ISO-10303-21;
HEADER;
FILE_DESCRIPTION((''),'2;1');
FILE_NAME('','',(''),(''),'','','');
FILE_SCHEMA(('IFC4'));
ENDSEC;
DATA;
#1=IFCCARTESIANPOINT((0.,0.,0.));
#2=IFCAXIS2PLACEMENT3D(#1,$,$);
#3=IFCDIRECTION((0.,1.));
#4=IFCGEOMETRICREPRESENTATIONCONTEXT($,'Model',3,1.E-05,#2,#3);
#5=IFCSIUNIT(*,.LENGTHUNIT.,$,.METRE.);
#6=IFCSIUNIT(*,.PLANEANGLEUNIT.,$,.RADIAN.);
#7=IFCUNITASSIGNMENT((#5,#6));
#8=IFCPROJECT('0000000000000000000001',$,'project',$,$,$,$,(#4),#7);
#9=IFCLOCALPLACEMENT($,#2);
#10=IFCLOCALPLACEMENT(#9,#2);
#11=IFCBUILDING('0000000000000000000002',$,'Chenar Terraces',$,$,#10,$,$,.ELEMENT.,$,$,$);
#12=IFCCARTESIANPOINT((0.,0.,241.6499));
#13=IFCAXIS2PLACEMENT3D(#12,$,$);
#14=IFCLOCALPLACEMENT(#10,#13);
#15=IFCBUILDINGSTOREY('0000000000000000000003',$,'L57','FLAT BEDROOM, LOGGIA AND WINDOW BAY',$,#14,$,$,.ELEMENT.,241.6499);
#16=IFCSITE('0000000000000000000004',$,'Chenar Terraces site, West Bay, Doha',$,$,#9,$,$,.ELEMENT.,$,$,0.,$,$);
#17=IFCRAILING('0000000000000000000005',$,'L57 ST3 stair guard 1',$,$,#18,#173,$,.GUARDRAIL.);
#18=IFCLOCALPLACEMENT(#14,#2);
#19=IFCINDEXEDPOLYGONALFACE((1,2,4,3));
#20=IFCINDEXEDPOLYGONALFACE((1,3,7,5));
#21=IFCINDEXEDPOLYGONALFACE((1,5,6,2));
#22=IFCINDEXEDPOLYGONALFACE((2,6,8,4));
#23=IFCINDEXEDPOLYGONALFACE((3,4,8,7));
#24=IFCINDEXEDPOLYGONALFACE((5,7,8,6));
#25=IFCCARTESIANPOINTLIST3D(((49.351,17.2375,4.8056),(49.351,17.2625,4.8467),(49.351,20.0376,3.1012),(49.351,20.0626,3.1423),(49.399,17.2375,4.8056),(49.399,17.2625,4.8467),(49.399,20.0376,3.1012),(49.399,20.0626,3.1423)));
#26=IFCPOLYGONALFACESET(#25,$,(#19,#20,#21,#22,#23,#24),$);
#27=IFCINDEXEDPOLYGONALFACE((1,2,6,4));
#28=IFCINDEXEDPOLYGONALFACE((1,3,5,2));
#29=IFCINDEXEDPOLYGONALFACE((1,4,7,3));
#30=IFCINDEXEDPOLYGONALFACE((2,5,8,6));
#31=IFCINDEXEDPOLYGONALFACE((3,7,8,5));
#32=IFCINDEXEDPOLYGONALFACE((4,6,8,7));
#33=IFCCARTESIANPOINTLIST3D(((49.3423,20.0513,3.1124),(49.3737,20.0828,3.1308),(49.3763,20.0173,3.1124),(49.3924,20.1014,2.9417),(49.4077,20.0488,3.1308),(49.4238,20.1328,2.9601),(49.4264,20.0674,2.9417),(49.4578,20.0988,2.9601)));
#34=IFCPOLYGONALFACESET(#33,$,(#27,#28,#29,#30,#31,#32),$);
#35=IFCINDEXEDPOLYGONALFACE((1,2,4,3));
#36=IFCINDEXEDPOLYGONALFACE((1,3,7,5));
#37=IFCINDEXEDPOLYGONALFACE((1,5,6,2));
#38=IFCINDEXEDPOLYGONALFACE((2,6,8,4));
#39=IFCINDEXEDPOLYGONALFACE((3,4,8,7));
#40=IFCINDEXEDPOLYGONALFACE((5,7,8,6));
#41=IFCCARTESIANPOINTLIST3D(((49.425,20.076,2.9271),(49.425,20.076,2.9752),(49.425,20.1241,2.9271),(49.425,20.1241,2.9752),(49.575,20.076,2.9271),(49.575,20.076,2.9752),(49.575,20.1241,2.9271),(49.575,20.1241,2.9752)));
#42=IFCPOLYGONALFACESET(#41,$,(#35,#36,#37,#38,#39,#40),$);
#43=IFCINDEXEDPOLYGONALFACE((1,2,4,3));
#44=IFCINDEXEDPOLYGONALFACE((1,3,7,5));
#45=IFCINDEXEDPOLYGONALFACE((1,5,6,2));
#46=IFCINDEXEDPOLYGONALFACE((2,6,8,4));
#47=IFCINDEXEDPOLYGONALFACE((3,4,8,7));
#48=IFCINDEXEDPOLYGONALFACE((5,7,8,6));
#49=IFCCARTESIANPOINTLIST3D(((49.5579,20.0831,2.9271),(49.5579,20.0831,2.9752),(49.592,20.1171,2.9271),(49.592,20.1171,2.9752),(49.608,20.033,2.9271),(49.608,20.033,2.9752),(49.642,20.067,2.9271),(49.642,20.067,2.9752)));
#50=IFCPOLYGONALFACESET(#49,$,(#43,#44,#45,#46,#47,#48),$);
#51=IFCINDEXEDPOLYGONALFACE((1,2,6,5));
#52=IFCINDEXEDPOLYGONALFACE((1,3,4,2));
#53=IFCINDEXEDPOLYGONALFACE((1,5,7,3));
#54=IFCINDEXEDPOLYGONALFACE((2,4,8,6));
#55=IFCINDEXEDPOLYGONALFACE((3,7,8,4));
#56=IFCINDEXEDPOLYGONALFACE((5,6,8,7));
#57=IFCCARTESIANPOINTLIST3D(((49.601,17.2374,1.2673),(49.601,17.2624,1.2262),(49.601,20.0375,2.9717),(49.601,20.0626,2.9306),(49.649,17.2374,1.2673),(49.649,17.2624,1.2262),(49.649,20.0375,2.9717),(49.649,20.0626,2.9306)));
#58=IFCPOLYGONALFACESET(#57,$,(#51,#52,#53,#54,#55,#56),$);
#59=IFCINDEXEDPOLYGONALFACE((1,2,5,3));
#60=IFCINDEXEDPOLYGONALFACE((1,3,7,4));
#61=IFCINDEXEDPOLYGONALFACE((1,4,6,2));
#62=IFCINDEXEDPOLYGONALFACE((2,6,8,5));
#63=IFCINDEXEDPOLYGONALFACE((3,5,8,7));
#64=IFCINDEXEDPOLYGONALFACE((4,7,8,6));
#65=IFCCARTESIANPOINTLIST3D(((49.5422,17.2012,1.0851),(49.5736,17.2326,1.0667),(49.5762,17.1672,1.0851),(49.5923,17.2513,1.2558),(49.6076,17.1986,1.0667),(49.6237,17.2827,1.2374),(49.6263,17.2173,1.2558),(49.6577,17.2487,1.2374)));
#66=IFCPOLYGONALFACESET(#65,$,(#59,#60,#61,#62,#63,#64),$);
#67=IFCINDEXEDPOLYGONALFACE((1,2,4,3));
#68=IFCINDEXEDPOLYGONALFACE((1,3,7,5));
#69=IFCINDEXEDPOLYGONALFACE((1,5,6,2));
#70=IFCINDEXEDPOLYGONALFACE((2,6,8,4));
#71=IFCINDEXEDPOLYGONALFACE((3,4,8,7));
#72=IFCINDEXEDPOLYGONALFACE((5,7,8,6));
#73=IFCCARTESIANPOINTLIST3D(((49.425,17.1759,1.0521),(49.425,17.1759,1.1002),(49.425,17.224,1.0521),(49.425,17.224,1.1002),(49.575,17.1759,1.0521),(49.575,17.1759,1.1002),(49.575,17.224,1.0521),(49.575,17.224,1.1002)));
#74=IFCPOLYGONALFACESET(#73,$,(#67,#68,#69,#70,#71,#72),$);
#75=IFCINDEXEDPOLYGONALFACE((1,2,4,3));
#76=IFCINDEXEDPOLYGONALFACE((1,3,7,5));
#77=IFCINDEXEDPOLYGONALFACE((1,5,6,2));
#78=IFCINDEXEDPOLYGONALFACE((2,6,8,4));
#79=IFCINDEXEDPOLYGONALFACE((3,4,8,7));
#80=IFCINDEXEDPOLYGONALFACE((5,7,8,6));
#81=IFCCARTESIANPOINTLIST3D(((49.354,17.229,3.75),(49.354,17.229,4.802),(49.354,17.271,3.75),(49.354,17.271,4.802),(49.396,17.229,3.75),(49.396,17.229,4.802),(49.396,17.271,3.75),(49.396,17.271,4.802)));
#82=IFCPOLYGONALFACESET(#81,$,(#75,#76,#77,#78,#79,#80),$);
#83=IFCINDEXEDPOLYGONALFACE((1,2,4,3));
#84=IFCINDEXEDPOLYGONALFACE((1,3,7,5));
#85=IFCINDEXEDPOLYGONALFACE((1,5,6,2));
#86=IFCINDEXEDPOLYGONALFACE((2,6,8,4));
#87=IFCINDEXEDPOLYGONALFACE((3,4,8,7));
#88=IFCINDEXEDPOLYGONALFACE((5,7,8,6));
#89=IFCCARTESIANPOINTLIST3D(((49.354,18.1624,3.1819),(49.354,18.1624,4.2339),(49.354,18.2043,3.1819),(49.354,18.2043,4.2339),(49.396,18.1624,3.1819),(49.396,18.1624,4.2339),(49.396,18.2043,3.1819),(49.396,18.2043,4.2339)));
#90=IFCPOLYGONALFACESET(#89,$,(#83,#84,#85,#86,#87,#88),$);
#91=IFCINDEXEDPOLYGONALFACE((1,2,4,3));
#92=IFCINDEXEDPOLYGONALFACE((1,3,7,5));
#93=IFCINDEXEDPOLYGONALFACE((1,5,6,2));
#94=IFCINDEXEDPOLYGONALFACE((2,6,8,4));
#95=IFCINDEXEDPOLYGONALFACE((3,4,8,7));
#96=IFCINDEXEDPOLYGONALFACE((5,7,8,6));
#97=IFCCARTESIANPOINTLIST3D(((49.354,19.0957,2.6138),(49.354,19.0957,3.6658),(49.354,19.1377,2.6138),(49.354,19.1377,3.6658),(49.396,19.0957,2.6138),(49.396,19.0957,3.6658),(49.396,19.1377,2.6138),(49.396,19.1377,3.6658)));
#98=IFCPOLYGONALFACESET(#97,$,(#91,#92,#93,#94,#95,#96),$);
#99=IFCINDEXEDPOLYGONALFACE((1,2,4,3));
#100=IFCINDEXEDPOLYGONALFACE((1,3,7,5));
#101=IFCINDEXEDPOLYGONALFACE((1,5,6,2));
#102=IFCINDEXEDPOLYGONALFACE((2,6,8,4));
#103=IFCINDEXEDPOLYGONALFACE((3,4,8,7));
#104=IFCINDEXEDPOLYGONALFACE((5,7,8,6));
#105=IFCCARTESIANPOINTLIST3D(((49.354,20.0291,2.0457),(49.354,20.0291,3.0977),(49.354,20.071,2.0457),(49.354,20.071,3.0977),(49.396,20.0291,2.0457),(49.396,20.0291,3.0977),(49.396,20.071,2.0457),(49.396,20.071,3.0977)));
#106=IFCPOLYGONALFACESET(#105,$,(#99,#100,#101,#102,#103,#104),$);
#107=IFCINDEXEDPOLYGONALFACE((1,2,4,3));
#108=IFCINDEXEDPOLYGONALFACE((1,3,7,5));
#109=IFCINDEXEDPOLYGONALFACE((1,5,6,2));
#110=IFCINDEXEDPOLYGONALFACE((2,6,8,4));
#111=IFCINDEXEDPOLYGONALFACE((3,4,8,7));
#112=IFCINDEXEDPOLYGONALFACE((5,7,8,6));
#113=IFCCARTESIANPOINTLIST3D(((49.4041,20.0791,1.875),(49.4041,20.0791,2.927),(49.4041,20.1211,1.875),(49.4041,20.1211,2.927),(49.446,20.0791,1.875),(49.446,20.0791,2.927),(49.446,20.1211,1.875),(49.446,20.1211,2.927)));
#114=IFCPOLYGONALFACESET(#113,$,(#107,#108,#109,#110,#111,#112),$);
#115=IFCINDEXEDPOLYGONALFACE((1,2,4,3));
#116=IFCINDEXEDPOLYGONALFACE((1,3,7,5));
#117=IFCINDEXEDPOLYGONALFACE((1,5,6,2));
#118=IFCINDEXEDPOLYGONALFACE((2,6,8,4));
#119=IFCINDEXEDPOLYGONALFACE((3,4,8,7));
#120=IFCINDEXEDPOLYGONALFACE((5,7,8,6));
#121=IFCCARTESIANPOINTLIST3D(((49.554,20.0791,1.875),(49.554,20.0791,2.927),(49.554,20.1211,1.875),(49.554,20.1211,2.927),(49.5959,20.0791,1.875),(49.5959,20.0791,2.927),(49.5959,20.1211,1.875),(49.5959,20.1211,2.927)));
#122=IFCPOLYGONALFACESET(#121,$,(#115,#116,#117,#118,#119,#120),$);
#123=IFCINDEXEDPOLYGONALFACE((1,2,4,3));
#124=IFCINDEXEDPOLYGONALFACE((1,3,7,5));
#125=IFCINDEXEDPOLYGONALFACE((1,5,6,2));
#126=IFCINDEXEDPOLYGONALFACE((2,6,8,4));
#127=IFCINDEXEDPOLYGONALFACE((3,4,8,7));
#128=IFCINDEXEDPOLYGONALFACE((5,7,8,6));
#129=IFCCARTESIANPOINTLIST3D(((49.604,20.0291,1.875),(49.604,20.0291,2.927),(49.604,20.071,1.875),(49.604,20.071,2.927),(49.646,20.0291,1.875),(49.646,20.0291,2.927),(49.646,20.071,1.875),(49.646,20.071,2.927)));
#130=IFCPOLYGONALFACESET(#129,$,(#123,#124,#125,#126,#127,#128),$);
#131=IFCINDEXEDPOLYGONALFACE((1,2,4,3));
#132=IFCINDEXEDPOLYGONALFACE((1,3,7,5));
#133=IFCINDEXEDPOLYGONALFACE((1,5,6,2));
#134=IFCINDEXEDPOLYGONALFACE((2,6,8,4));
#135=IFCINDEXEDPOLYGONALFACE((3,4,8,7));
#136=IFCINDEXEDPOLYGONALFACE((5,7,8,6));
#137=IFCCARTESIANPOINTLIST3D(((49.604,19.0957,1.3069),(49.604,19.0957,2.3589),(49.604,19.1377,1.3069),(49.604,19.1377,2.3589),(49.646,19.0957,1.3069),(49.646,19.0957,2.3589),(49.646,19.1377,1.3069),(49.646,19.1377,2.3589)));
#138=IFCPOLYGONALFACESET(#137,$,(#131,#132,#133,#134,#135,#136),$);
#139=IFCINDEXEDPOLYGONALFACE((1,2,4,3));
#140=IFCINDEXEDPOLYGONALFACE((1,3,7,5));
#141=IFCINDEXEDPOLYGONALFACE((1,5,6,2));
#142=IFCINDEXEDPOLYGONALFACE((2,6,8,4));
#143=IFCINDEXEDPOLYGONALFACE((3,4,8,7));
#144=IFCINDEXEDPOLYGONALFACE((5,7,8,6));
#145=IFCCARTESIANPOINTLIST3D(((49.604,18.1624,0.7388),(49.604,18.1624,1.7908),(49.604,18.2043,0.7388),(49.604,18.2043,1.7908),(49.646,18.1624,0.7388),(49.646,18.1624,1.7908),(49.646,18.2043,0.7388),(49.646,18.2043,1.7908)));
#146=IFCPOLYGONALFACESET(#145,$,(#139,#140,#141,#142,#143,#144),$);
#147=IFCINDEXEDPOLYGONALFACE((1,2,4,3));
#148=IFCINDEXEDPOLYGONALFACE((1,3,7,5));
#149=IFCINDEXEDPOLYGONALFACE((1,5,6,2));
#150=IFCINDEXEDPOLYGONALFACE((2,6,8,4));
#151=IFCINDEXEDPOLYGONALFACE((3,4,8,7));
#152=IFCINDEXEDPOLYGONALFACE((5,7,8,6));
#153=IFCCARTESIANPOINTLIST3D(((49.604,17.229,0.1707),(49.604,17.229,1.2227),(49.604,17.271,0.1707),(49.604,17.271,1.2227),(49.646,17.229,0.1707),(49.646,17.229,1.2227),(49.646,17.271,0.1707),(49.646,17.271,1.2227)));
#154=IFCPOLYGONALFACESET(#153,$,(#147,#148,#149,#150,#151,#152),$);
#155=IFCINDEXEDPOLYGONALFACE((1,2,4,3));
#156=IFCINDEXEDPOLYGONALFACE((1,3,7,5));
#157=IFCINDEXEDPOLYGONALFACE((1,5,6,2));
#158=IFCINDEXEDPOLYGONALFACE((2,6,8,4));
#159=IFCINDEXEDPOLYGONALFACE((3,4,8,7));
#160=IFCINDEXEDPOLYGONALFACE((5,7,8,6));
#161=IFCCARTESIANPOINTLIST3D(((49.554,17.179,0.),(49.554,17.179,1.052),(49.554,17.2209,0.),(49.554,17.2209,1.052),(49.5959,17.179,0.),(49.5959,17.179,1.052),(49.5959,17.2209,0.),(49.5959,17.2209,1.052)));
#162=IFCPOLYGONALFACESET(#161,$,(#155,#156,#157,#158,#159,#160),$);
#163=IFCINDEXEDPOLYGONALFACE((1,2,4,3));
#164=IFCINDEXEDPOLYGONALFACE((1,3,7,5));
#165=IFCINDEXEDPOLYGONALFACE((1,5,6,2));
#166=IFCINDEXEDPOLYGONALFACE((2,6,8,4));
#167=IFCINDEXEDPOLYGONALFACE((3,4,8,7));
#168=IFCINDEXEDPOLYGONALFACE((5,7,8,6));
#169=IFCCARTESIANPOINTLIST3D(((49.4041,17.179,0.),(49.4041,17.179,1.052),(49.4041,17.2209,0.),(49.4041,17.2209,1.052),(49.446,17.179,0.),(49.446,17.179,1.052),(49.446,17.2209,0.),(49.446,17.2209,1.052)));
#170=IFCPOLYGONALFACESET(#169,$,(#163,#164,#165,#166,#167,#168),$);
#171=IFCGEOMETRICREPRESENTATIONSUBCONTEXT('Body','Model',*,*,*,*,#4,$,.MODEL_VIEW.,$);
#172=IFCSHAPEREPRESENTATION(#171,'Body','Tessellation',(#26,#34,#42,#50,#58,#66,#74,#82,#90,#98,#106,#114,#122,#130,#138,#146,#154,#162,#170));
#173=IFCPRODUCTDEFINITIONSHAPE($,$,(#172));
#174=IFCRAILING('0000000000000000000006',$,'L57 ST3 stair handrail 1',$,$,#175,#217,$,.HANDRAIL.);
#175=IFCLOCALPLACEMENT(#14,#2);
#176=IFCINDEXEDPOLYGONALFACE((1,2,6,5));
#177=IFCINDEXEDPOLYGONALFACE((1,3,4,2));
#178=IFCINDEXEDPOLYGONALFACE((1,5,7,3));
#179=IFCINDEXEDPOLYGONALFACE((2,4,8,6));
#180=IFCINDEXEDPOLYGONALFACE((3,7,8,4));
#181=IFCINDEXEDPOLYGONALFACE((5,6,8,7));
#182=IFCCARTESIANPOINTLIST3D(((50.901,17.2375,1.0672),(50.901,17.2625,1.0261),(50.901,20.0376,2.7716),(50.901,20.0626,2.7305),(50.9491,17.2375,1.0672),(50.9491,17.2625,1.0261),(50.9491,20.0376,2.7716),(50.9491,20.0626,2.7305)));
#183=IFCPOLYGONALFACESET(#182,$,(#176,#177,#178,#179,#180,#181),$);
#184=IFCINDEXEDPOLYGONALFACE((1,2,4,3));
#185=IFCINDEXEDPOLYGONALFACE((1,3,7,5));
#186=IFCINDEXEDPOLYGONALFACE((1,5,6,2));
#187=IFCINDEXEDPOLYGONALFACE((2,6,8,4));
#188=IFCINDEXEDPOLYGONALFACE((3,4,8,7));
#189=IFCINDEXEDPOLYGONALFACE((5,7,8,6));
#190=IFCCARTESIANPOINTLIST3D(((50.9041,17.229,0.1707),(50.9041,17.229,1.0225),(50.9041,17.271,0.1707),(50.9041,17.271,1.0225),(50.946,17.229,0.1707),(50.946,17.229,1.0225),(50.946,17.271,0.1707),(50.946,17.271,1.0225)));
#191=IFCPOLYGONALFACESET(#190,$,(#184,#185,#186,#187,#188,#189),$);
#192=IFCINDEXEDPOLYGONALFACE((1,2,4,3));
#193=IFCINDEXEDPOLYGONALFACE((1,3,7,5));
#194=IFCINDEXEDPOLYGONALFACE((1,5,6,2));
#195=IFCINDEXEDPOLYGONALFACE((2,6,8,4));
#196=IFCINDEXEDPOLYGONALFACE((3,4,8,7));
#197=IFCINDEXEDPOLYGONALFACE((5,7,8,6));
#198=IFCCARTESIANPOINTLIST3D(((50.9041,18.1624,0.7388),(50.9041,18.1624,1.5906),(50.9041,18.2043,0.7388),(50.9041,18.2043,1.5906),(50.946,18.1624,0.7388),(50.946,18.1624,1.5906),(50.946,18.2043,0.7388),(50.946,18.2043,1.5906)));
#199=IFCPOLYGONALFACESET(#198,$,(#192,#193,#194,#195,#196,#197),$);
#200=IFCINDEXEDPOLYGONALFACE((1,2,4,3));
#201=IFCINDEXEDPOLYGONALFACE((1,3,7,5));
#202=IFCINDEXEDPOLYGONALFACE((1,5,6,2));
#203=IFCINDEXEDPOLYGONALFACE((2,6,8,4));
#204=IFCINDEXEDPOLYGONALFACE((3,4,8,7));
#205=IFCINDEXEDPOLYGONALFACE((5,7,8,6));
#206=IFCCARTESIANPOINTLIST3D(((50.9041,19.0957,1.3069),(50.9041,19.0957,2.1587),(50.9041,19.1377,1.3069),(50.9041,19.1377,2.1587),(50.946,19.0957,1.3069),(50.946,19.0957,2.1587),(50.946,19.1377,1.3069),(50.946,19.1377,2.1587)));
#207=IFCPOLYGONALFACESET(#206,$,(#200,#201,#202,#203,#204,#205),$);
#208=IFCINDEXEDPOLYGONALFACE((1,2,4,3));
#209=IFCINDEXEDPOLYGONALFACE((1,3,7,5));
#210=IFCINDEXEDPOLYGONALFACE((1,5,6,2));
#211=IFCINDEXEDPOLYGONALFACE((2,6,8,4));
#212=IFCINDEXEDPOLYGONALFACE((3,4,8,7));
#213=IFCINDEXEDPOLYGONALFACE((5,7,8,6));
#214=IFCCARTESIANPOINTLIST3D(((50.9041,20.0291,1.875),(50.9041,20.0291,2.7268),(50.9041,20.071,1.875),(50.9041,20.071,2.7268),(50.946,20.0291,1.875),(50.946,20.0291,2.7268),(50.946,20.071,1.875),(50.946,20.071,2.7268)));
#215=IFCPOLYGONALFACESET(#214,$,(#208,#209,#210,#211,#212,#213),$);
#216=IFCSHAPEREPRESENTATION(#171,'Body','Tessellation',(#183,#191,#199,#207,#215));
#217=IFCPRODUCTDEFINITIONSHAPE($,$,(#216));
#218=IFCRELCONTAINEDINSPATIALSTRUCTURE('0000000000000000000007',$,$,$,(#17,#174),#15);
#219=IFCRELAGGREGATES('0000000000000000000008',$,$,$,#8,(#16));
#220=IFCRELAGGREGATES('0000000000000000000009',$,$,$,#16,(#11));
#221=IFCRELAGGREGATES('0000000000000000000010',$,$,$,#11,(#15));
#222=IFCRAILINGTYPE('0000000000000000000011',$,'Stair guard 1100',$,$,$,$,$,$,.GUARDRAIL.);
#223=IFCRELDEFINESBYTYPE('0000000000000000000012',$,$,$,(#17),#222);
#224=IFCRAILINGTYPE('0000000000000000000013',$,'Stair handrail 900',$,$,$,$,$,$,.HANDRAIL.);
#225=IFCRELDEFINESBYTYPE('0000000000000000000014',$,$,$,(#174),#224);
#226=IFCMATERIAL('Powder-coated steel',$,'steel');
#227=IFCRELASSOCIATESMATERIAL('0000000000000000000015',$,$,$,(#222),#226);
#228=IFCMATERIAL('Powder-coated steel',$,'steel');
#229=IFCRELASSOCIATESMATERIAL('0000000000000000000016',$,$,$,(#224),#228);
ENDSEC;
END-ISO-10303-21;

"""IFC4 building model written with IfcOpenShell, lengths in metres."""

from ifc_helpers import new_model, si_unit, direction, frame, origin, origin_2d, place, context, subcontext, project, spatial, rectangle, extrude, material, type_object, element, save


model = new_model("IFC4")

# Units and contexts
model_context = context("Model", 3, precision=1e-05, world=origin(), true_north=direction((0.0, 1.0)))
body_context = subcontext(model_context, "Body", "Model", "MODEL_VIEW")
ifc_project = project(units=[si_unit("LENGTHUNIT", "METRE"), si_unit("PLANEANGLEUNIT", "RADIAN")], contexts=[model_context])

# Site, building, storey
site_placement = place(None, origin())
site = spatial("IfcSite", under=ifc_project, at=site_placement, Name="Chenar Terraces site, West Bay, Doha", CompositionType="ELEMENT", RefElevation=0.0)
building_placement = place(site_placement, origin())
building = spatial("IfcBuilding", under=site, at=building_placement, Name="Chenar Terraces", CompositionType="ELEMENT")
storey_placement = place(building_placement, frame((0.0, 0.0, 241.6499)))
storey = spatial("IfcBuildingStorey", under=building, at=storey_placement, Name="L57", Description="FLAT BEDROOM, LOGGIA AND WINDOW BAY", CompositionType="ELEMENT", Elevation=241.6499)

# Railings
ifc_material_1 = material(Name="Powder-coated steel", Category="steel")
railing_type_1 = type_object("IfcRailingType", Name="Stair guard 1100", PredefinedType="GUARDRAIL", material=ifc_material_1)
railing_1_placement = place(storey_placement, frame((49.375, 17.25, 3.75)))
element("IfcRailing", 1, at=railing_1_placement, inside=storey, type_object=railing_type_1, Name="L57 ST3 stair guard 1", PredefinedType="GUARDRAIL", context=body_context, shape_type="SweptSolid", body=[
    extrude(rectangle(XDim=0.0481, YDim=0.0481, at=origin_2d()), frame((0.0, 0.0, 1.0762), z_axis=(0.0, 0.854203, -0.51994), x_axis=(-1.0, 0.0, 0.0)), (0.0, 0.0, 1.0), 3.2781),
    extrude(rectangle(XDim=0.0481, YDim=0.0481, at=origin_2d()), frame((0.0, 2.8, -0.6284), z_axis=(0.2709, 0.2709, -0.923703), x_axis=(-0.707107, 0.707107, 0.0)), (0.0, 0.0, 1.0), 0.1848),
    extrude(rectangle(XDim=0.0481, YDim=0.0481, at=origin_2d()), frame((0.05, 2.8501, -0.7988), z_axis=(1.0, 0.0, 0.0), x_axis=(0.0, 1.0, 0.0)), (0.0, 0.0, 1.0), 0.1499),
    extrude(rectangle(XDim=0.0481, YDim=0.0481, at=origin_2d()), frame((0.2, 2.8501, -0.7988), z_axis=(0.707107, -0.707107, 0.0), x_axis=(0.707107, 0.707107, 0.0)), (0.0, 0.0, 1.0), 0.0708),
    extrude(rectangle(XDim=0.0481, YDim=0.0481, at=origin_2d()), frame((0.25, 2.8, -0.7988), z_axis=(0.0, -0.854203, -0.51994), x_axis=(1.0, 0.0, 0.0)), (0.0, 0.0, 1.0), 3.2781),
    extrude(rectangle(XDim=0.0481, YDim=0.0481, at=origin_2d()), frame((0.25, 0.0, -2.5034), z_axis=(-0.2709, -0.2709, -0.923703), x_axis=(0.707107, -0.707107, 0.0)), (0.0, 0.0, 1.0), 0.1848),
    extrude(rectangle(XDim=0.0481, YDim=0.0481, at=origin_2d()), frame((0.2, -0.05, -2.6738), z_axis=(-1.0, 0.0, 0.0), x_axis=(0.0, -1.0, 0.0)), (0.0, 0.0, 1.0), 0.1499),
    extrude(rectangle(XDim=0.042, YDim=0.042, at=origin_2d()), origin(), (0.0, 0.0, 1.0), 1.052),
    extrude(rectangle(XDim=0.042, YDim=0.042, at=origin_2d()), frame((0.0, 0.9333, -0.5681)), (0.0, 0.0, 1.0), 1.052),
    extrude(rectangle(XDim=0.042, YDim=0.042, at=origin_2d()), frame((0.0, 1.8667, -1.1362)), (0.0, 0.0, 1.0), 1.052),
    extrude(rectangle(XDim=0.042, YDim=0.042, at=origin_2d()), frame((0.0, 2.8, -1.7043)), (0.0, 0.0, 1.0), 1.052),
    extrude(rectangle(XDim=0.042, YDim=0.042, at=origin_2d()), frame((0.05, 2.8501, -1.875)), (0.0, 0.0, 1.0), 1.052),
    extrude(rectangle(XDim=0.042, YDim=0.042, at=origin_2d()), frame((0.2, 2.8501, -1.875)), (0.0, 0.0, 1.0), 1.052),
    extrude(rectangle(XDim=0.042, YDim=0.042, at=origin_2d()), frame((0.25, 2.8, -1.875)), (0.0, 0.0, 1.0), 1.052),
    extrude(rectangle(XDim=0.042, YDim=0.042, at=origin_2d()), frame((0.25, 1.8667, -2.4431)), (0.0, 0.0, 1.0), 1.052),
    extrude(rectangle(XDim=0.042, YDim=0.042, at=origin_2d()), frame((0.25, 0.9333, -3.0112)), (0.0, 0.0, 1.0), 1.052),
    extrude(rectangle(XDim=0.042, YDim=0.042, at=origin_2d()), frame((0.25, 0.0, -3.5793)), (0.0, 0.0, 1.0), 1.052),
    extrude(rectangle(XDim=0.042, YDim=0.042, at=origin_2d()), frame((0.2, -0.05, -3.75)), (0.0, 0.0, 1.0), 1.052),
    extrude(rectangle(XDim=0.042, YDim=0.042, at=origin_2d()), frame((0.05, -0.05, -3.75)), (0.0, 0.0, 1.0), 1.052),
])
ifc_material_2 = material(Name="Powder-coated steel", Category="steel")
railing_type_2 = type_object("IfcRailingType", Name="Stair handrail 900", PredefinedType="HANDRAIL", material=ifc_material_2)
railing_2_placement = place(storey_placement, frame((50.925, 17.25, 0.1707)))
element("IfcRailing", 2, at=railing_2_placement, inside=storey, type_object=railing_type_2, Name="L57 ST3 stair handrail 1", PredefinedType="HANDRAIL", context=body_context, shape_type="SweptSolid", body=[
    extrude(rectangle(XDim=0.0481, YDim=0.0481, at=origin_2d()), frame((0.0, 0.0, 0.876), z_axis=(0.0, 0.854203, 0.51994), x_axis=(-1.0, 0.0, 0.0)), (0.0, 0.0, 1.0), 3.2781),
    extrude(rectangle(XDim=0.042, YDim=0.042, at=origin_2d()), origin(), (0.0, 0.0, 1.0), 0.8518),
    extrude(rectangle(XDim=0.042, YDim=0.042, at=origin_2d()), frame((0.0, 0.9333, 0.5681)), (0.0, 0.0, 1.0), 0.8518),
    extrude(rectangle(XDim=0.042, YDim=0.042, at=origin_2d()), frame((0.0, 1.8667, 1.1362)), (0.0, 0.0, 1.0), 0.8518),
    extrude(rectangle(XDim=0.042, YDim=0.042, at=origin_2d()), frame((0.0, 2.8, 1.7043)), (0.0, 0.0, 1.0), 0.8518),
])

save(model, "model.ifc")
